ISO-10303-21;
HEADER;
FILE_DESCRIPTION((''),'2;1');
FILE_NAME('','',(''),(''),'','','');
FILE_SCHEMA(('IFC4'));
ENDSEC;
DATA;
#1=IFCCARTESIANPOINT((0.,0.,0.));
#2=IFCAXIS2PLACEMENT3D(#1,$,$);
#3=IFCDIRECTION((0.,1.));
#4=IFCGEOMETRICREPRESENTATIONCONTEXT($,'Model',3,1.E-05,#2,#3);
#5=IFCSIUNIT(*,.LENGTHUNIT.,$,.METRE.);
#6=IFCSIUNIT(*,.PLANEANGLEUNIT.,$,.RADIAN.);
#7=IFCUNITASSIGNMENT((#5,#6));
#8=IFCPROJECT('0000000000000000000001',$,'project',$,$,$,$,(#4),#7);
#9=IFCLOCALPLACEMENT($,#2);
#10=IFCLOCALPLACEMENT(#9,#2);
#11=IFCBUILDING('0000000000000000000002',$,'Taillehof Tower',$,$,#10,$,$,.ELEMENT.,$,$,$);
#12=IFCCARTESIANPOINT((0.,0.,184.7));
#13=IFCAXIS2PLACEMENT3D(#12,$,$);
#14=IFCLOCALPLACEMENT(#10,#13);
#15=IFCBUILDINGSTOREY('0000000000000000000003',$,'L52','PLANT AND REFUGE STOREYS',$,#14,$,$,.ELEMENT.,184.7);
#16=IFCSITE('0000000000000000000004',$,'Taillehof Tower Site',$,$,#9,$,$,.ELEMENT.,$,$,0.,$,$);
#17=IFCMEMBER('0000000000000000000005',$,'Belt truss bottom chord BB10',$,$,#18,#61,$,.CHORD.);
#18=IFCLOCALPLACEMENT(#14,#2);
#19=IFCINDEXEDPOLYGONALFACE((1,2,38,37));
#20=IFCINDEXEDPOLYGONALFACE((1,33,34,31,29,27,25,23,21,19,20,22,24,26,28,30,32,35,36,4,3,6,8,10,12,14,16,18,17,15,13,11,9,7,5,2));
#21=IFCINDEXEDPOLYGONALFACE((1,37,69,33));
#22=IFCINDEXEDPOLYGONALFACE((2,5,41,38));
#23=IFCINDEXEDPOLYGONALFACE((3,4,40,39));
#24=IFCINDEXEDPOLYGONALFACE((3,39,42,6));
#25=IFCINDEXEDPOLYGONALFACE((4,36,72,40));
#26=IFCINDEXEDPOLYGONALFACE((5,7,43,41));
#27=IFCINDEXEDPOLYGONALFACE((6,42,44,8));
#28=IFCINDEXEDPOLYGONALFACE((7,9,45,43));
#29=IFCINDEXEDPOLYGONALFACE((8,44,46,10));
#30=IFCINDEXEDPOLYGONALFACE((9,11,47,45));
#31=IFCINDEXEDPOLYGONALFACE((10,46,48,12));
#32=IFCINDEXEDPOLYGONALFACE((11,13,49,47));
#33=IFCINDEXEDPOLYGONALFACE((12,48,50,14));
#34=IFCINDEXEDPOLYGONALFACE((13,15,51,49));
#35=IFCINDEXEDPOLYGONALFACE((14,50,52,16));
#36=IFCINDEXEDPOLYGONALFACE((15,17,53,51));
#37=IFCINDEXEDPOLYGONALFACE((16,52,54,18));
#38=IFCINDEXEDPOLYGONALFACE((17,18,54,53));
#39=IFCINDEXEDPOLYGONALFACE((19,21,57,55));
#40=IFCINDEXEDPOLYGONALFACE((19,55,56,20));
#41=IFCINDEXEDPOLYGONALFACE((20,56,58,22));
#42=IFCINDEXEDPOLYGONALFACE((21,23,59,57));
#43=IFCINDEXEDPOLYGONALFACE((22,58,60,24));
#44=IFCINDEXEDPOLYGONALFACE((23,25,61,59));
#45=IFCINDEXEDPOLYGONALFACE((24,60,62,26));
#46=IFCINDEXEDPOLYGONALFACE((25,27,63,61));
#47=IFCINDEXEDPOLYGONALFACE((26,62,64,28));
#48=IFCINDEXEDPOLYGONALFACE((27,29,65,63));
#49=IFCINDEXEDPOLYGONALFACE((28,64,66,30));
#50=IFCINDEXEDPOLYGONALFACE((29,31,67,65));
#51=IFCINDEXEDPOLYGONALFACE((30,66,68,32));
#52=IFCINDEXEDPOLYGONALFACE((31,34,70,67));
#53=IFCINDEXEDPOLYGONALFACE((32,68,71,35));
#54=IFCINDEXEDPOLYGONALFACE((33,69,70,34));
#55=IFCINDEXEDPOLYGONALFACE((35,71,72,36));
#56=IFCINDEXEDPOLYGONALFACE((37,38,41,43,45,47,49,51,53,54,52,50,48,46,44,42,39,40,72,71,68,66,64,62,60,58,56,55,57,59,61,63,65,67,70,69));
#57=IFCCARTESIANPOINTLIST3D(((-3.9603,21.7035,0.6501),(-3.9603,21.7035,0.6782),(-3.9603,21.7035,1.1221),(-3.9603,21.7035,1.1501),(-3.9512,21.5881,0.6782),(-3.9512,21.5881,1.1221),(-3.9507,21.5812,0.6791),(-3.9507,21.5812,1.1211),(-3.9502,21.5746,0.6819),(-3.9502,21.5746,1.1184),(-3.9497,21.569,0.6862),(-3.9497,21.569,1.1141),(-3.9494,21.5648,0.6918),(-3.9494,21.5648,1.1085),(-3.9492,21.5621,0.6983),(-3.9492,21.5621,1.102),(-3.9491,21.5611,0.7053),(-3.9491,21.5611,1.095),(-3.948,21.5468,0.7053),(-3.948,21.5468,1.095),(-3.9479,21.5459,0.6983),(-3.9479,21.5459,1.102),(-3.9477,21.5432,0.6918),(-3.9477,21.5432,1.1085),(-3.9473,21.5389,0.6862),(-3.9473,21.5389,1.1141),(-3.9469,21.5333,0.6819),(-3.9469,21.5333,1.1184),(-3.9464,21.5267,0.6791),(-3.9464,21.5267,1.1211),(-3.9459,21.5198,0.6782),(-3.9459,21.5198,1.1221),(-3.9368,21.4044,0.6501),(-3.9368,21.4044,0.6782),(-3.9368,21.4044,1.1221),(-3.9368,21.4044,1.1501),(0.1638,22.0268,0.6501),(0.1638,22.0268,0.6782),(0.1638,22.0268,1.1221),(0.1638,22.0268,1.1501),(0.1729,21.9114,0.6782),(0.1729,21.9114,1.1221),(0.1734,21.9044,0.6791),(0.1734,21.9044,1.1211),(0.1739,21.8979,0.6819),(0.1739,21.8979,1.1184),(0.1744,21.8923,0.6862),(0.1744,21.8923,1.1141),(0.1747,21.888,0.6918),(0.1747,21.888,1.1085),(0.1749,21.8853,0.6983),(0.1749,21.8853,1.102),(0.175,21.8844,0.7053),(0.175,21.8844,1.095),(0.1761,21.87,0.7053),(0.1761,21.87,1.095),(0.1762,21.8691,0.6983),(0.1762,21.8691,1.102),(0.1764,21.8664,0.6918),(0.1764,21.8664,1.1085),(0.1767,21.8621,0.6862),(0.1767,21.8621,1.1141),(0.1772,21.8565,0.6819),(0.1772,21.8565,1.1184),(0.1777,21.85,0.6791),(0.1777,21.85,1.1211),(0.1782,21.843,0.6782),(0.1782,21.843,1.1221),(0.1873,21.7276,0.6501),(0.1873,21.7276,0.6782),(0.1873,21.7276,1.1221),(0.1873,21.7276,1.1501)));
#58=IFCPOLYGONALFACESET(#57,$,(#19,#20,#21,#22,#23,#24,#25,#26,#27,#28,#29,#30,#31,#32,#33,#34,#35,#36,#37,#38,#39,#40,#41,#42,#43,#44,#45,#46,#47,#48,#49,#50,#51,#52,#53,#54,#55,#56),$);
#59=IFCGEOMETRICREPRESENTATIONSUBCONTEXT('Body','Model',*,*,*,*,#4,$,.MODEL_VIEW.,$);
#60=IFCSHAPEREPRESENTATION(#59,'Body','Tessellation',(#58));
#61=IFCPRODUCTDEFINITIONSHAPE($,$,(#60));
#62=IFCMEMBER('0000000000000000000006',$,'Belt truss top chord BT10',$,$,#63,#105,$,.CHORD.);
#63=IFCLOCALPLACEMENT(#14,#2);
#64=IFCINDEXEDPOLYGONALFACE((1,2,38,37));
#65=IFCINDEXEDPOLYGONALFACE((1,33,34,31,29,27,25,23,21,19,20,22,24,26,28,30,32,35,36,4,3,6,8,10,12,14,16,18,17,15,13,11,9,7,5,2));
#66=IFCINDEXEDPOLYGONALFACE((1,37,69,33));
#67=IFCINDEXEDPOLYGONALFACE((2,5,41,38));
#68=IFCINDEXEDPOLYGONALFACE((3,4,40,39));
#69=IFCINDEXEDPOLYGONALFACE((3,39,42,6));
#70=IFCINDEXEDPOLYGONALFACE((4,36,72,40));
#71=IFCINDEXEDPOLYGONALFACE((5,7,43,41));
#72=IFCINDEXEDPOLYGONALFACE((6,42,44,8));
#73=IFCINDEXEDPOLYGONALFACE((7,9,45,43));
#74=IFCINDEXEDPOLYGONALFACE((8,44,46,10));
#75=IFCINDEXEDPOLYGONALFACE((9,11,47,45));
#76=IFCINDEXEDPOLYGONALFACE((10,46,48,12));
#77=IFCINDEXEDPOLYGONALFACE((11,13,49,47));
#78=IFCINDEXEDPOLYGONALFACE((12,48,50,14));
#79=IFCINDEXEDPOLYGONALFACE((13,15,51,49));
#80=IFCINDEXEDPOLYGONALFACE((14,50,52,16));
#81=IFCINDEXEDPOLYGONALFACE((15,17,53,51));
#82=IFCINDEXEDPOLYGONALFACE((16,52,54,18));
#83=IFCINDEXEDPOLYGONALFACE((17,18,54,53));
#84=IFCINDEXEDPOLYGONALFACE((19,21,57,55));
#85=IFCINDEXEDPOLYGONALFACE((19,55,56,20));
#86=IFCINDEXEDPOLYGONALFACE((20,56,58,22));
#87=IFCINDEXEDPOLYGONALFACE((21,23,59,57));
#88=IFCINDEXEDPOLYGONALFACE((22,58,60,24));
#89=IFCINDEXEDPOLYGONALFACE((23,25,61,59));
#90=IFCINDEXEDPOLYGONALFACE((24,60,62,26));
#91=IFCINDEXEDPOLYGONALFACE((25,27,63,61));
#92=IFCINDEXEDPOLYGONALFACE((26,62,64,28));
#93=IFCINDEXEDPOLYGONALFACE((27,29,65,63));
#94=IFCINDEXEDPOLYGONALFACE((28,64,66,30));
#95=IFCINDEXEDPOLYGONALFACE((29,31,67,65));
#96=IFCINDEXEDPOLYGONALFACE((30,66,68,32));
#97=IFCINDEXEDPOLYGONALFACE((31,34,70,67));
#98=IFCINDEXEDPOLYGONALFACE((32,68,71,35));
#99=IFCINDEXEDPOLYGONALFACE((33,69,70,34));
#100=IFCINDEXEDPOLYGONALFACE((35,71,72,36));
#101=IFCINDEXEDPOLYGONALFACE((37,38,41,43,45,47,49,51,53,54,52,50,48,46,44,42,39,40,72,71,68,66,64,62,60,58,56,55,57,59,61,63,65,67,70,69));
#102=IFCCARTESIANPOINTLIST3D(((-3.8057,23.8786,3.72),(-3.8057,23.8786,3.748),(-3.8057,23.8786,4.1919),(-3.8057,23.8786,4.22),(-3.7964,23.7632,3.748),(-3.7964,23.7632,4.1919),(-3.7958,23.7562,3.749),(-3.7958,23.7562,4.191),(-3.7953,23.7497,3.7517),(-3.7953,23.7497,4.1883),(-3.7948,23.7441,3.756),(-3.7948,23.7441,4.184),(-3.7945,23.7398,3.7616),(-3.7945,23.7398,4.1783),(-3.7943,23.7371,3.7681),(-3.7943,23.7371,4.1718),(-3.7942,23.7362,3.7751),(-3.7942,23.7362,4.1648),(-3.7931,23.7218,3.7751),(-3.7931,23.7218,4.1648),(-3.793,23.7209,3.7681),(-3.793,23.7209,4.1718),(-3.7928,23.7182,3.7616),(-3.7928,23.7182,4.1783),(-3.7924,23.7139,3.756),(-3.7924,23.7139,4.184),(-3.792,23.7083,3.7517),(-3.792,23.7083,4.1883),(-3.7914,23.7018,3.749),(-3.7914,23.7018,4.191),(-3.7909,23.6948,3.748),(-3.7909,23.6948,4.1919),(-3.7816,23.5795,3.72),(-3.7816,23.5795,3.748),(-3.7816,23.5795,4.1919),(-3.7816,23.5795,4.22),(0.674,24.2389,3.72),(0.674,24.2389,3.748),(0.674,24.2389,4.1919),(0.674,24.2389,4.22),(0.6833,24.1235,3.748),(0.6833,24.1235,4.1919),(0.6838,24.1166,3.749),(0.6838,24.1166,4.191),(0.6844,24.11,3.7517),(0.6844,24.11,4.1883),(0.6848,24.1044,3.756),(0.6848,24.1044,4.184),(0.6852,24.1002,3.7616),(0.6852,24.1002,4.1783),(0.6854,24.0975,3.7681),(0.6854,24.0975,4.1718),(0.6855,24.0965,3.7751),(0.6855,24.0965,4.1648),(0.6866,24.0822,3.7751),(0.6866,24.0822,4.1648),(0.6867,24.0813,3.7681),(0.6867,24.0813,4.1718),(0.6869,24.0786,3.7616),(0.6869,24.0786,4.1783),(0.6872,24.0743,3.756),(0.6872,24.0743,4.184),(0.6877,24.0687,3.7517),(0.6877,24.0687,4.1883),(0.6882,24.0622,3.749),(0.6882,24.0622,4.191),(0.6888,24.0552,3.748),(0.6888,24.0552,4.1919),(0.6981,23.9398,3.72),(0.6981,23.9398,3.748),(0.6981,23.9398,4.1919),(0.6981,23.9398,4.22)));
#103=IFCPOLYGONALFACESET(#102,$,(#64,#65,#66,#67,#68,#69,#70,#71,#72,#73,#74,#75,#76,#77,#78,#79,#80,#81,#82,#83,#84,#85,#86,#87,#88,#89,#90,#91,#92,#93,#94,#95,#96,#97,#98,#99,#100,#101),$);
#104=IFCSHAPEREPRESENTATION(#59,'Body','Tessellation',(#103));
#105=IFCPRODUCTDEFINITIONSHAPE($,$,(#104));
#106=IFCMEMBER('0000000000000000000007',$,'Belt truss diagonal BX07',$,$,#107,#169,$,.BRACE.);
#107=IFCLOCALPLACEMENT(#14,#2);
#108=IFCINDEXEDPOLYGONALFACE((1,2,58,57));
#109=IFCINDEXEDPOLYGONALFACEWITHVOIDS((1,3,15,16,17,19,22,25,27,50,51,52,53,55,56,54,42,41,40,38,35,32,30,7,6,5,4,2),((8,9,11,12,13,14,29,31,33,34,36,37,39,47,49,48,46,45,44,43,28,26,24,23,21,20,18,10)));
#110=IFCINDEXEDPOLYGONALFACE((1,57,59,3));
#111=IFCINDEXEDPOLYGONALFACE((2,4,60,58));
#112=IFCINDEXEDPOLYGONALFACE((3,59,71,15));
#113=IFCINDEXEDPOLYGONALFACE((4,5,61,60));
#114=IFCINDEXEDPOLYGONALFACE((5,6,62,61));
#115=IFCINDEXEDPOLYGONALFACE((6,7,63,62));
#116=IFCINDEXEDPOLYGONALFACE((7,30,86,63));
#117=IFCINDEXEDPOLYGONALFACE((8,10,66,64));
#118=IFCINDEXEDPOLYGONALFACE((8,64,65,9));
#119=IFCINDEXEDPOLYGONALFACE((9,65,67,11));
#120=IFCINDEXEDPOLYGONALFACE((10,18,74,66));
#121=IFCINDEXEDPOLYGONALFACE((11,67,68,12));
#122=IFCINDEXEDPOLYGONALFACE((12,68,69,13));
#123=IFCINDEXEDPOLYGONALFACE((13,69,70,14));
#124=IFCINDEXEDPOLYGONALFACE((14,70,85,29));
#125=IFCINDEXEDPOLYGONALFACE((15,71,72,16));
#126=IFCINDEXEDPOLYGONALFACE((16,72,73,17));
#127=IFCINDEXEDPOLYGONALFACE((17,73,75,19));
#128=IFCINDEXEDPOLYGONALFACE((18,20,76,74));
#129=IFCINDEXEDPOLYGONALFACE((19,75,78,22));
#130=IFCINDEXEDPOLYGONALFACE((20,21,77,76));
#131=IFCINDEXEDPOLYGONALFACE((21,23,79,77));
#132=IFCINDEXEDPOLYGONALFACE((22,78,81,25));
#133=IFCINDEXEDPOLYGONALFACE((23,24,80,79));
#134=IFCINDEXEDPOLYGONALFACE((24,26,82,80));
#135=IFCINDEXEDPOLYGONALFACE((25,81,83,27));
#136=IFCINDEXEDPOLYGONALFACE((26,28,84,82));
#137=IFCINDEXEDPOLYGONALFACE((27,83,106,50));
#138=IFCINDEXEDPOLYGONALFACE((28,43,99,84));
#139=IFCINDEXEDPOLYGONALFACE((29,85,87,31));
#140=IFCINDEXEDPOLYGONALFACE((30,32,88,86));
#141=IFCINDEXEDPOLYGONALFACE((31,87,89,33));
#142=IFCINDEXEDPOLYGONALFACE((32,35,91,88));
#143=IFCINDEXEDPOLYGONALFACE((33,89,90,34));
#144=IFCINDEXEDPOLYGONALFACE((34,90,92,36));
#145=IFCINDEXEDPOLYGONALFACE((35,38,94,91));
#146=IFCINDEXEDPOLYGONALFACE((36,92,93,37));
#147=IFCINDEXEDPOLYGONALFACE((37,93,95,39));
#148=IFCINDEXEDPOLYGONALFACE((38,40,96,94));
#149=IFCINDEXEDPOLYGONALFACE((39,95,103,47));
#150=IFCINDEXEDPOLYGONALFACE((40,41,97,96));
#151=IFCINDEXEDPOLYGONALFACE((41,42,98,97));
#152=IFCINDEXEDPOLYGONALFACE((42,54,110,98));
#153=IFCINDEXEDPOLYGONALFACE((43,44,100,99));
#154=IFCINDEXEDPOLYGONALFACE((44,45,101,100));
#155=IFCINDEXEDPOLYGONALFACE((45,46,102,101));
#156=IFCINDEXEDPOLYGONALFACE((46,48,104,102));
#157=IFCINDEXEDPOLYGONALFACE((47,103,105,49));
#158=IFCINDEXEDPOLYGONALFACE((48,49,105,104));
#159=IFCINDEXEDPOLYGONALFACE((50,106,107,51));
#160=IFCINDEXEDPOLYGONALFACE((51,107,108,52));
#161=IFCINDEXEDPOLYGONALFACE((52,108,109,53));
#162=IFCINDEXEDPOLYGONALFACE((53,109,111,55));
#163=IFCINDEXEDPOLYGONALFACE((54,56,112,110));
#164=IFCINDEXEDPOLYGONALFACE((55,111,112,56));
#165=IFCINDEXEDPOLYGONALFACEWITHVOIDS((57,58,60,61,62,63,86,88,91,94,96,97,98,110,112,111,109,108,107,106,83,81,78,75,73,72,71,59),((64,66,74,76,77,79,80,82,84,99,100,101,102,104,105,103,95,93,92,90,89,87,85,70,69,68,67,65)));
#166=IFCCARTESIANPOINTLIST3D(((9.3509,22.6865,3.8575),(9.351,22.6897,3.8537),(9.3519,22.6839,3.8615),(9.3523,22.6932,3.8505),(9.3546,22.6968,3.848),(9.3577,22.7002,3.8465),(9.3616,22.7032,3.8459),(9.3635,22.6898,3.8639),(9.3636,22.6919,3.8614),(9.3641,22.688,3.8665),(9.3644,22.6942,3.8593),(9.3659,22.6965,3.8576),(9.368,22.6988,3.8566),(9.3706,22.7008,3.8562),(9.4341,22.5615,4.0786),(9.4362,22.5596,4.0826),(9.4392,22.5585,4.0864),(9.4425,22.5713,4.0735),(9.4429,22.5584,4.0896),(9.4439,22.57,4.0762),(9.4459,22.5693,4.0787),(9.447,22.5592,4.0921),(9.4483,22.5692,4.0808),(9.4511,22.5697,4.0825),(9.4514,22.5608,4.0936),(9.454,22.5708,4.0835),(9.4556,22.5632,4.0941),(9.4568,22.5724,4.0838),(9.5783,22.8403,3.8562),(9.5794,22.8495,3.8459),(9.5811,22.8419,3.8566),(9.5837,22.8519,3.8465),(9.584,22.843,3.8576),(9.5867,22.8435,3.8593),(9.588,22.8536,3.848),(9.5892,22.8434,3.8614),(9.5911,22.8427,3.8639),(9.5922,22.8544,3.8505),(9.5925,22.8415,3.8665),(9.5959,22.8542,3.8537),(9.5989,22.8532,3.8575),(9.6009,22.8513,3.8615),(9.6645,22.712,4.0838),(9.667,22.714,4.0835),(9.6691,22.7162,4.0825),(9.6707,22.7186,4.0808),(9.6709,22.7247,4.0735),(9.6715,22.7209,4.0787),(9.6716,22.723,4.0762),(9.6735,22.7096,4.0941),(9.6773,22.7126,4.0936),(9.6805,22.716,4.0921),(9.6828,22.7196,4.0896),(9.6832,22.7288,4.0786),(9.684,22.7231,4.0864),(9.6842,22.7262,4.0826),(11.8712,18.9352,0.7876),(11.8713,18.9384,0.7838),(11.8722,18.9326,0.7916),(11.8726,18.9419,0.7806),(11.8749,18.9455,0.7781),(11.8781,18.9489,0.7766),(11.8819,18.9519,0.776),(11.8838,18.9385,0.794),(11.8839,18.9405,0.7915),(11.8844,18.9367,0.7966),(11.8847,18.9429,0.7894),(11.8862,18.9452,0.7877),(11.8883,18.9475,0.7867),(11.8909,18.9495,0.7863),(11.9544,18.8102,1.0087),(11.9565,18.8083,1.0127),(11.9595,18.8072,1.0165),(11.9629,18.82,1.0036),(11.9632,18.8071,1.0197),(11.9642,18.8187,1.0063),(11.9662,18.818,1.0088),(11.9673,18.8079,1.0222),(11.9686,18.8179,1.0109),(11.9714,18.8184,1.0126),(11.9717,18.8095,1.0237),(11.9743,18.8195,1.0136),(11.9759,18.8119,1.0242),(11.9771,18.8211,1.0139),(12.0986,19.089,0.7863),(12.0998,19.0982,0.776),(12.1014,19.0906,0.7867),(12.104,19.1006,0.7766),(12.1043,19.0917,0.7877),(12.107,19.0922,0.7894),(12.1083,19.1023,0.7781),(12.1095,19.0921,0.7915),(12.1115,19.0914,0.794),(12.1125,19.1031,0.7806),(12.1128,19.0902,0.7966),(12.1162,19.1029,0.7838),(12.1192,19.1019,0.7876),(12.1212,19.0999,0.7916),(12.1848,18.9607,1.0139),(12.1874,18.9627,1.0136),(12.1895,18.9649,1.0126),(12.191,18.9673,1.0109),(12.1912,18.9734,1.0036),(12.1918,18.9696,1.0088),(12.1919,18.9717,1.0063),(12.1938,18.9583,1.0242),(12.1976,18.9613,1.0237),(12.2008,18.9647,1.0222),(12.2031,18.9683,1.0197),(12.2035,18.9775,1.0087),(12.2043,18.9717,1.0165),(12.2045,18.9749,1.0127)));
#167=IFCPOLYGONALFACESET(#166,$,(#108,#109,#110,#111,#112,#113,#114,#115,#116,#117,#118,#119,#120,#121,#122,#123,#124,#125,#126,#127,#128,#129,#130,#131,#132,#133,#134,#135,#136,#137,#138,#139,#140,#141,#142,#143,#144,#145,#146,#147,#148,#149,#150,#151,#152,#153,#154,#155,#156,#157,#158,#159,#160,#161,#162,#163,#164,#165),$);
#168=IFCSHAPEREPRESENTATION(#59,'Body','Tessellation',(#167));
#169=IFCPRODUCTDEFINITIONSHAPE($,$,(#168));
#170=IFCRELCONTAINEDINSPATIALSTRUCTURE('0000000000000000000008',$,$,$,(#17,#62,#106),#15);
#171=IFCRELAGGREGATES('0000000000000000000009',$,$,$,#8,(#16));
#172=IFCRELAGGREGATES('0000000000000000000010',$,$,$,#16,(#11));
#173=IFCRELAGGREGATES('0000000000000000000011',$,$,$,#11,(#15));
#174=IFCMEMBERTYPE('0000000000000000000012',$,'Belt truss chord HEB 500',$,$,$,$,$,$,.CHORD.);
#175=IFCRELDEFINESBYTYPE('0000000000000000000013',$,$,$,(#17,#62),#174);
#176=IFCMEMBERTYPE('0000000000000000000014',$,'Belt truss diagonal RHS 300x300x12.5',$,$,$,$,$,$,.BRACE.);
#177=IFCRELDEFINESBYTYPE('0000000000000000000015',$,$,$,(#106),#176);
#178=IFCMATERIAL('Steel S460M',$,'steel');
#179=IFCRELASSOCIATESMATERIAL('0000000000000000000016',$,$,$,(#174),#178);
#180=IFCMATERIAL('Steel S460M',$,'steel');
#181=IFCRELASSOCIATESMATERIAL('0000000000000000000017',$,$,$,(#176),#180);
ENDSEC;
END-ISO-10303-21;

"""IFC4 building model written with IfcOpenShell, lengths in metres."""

from ifc_helpers import new_model, si_unit, direction, frame, origin, origin_2d, place, context, subcontext, project, spatial, hollow_rectangle, i_section, extrude, material, material_profile, profile_set, type_object, element, save


model = new_model("IFC4")

# Units and contexts
model_context = context("Model", 3, precision=1e-05, world=origin(), true_north=direction((0.0, 1.0)))
body_context = subcontext(model_context, "Body", "Model", "MODEL_VIEW")
ifc_project = project(units=[si_unit("LENGTHUNIT", "METRE"), si_unit("PLANEANGLEUNIT", "RADIAN")], contexts=[model_context])

# Site, building, storey
site_placement = place(None, origin())
site = spatial("IfcSite", under=ifc_project, at=site_placement, Name="Taillehof Tower Site", CompositionType="ELEMENT", RefElevation=0.0)
building_placement = place(site_placement, origin())
building = spatial("IfcBuilding", under=site, at=building_placement, Name="Taillehof Tower", CompositionType="ELEMENT")
storey_placement = place(building_placement, frame((0.0, 0.0, 184.7)))
storey = spatial("IfcBuildingStorey", under=building, at=storey_placement, Name="L52", Description="PLANT AND REFUGE STOREYS", CompositionType="ELEMENT", Elevation=184.7)

# Members
ifc_material_1 = material(Name="Steel S460M", Category="steel")
ifc_material_profile_1 = material_profile(ifc_material_1, i_section(OverallWidth=0.3, OverallDepth=0.5, WebThickness=0.0144, FlangeThickness=0.0281, FilletRadius=0.0271, at=origin_2d()), Name="HEB 500")
ifc_profile_set_1 = profile_set([ifc_material_profile_1], Name="Steel S460M")
member_type_1 = type_object("IfcMemberType", Name="Belt truss chord HEB 500", PredefinedType="CHORD", material=ifc_profile_set_1)
member_1_placement = place(storey_placement, frame((0.1755, 21.8772, 0.9001), z_axis=(-0.996942, -0.078141, 0.0), x_axis=(0.078141, -0.996942, 0.0)))
element("IfcMember", 1, at=member_1_placement, inside=storey, type_object=member_type_1, Name="Belt truss bottom chord BB10", PredefinedType="CHORD", context=body_context, shape_type="SweptSolid", body=[
    extrude(i_section(OverallWidth=0.3, OverallDepth=0.5, WebThickness=0.0144, FlangeThickness=0.0281, FilletRadius=0.0271, at=origin_2d()), origin(), (0.0, 0.0, 1.0), 4.1367),
])
member_2_placement = place(storey_placement, frame((0.686, 24.0894, 3.97), z_axis=(-0.99678, -0.080181, 0.0), x_axis=(0.080181, -0.99678, 0.0)))
element("IfcMember", 2, at=member_2_placement, inside=storey, type_object=member_type_1, Name="Belt truss top chord BT10", PredefinedType="CHORD", context=body_context, shape_type="SweptSolid", body=[
    extrude(i_section(OverallWidth=0.3, OverallDepth=0.5, WebThickness=0.0144, FlangeThickness=0.0281, FilletRadius=0.0271, at=origin_2d()), origin(), (0.0, 0.0, 1.0), 4.4941),
])
ifc_material_2 = material(Name="Steel S460M", Category="steel")
ifc_material_profile_2 = material_profile(ifc_material_2, hollow_rectangle(XDim=0.3, YDim=0.3, WallThickness=0.0125, InnerFilletRadius=0.0125, OuterFilletRadius=0.0188, at=origin_2d()), Name="RHS 300x300x12.5")
ifc_profile_set_2 = profile_set([ifc_material_profile_2], Name="Steel S460M")
member_type_2 = type_object("IfcMemberType", Name="Belt truss diagonal RHS 300x300x12.5", PredefinedType="BRACE", material=ifc_profile_set_2)
member_3_placement = place(storey_placement, frame((12.0378, 18.9551, 0.9001), z_axis=(-0.461311, 0.686627, 0.561903), x_axis=(-0.830059, -0.557676, 0.0)))
element("IfcMember", 3, at=member_3_placement, inside=storey, type_object=member_type_2, Name="Belt truss diagonal BX07", PredefinedType="BRACE", context=body_context, shape_type="SweptSolid", body=[
    extrude(hollow_rectangle(XDim=0.3, YDim=0.3, WallThickness=0.0125, InnerFilletRadius=0.0125, OuterFilletRadius=0.0188, at=origin_2d()), origin(), (0.0, 0.0, 1.0), 5.4634),
])

save(model, "model.ifc")
